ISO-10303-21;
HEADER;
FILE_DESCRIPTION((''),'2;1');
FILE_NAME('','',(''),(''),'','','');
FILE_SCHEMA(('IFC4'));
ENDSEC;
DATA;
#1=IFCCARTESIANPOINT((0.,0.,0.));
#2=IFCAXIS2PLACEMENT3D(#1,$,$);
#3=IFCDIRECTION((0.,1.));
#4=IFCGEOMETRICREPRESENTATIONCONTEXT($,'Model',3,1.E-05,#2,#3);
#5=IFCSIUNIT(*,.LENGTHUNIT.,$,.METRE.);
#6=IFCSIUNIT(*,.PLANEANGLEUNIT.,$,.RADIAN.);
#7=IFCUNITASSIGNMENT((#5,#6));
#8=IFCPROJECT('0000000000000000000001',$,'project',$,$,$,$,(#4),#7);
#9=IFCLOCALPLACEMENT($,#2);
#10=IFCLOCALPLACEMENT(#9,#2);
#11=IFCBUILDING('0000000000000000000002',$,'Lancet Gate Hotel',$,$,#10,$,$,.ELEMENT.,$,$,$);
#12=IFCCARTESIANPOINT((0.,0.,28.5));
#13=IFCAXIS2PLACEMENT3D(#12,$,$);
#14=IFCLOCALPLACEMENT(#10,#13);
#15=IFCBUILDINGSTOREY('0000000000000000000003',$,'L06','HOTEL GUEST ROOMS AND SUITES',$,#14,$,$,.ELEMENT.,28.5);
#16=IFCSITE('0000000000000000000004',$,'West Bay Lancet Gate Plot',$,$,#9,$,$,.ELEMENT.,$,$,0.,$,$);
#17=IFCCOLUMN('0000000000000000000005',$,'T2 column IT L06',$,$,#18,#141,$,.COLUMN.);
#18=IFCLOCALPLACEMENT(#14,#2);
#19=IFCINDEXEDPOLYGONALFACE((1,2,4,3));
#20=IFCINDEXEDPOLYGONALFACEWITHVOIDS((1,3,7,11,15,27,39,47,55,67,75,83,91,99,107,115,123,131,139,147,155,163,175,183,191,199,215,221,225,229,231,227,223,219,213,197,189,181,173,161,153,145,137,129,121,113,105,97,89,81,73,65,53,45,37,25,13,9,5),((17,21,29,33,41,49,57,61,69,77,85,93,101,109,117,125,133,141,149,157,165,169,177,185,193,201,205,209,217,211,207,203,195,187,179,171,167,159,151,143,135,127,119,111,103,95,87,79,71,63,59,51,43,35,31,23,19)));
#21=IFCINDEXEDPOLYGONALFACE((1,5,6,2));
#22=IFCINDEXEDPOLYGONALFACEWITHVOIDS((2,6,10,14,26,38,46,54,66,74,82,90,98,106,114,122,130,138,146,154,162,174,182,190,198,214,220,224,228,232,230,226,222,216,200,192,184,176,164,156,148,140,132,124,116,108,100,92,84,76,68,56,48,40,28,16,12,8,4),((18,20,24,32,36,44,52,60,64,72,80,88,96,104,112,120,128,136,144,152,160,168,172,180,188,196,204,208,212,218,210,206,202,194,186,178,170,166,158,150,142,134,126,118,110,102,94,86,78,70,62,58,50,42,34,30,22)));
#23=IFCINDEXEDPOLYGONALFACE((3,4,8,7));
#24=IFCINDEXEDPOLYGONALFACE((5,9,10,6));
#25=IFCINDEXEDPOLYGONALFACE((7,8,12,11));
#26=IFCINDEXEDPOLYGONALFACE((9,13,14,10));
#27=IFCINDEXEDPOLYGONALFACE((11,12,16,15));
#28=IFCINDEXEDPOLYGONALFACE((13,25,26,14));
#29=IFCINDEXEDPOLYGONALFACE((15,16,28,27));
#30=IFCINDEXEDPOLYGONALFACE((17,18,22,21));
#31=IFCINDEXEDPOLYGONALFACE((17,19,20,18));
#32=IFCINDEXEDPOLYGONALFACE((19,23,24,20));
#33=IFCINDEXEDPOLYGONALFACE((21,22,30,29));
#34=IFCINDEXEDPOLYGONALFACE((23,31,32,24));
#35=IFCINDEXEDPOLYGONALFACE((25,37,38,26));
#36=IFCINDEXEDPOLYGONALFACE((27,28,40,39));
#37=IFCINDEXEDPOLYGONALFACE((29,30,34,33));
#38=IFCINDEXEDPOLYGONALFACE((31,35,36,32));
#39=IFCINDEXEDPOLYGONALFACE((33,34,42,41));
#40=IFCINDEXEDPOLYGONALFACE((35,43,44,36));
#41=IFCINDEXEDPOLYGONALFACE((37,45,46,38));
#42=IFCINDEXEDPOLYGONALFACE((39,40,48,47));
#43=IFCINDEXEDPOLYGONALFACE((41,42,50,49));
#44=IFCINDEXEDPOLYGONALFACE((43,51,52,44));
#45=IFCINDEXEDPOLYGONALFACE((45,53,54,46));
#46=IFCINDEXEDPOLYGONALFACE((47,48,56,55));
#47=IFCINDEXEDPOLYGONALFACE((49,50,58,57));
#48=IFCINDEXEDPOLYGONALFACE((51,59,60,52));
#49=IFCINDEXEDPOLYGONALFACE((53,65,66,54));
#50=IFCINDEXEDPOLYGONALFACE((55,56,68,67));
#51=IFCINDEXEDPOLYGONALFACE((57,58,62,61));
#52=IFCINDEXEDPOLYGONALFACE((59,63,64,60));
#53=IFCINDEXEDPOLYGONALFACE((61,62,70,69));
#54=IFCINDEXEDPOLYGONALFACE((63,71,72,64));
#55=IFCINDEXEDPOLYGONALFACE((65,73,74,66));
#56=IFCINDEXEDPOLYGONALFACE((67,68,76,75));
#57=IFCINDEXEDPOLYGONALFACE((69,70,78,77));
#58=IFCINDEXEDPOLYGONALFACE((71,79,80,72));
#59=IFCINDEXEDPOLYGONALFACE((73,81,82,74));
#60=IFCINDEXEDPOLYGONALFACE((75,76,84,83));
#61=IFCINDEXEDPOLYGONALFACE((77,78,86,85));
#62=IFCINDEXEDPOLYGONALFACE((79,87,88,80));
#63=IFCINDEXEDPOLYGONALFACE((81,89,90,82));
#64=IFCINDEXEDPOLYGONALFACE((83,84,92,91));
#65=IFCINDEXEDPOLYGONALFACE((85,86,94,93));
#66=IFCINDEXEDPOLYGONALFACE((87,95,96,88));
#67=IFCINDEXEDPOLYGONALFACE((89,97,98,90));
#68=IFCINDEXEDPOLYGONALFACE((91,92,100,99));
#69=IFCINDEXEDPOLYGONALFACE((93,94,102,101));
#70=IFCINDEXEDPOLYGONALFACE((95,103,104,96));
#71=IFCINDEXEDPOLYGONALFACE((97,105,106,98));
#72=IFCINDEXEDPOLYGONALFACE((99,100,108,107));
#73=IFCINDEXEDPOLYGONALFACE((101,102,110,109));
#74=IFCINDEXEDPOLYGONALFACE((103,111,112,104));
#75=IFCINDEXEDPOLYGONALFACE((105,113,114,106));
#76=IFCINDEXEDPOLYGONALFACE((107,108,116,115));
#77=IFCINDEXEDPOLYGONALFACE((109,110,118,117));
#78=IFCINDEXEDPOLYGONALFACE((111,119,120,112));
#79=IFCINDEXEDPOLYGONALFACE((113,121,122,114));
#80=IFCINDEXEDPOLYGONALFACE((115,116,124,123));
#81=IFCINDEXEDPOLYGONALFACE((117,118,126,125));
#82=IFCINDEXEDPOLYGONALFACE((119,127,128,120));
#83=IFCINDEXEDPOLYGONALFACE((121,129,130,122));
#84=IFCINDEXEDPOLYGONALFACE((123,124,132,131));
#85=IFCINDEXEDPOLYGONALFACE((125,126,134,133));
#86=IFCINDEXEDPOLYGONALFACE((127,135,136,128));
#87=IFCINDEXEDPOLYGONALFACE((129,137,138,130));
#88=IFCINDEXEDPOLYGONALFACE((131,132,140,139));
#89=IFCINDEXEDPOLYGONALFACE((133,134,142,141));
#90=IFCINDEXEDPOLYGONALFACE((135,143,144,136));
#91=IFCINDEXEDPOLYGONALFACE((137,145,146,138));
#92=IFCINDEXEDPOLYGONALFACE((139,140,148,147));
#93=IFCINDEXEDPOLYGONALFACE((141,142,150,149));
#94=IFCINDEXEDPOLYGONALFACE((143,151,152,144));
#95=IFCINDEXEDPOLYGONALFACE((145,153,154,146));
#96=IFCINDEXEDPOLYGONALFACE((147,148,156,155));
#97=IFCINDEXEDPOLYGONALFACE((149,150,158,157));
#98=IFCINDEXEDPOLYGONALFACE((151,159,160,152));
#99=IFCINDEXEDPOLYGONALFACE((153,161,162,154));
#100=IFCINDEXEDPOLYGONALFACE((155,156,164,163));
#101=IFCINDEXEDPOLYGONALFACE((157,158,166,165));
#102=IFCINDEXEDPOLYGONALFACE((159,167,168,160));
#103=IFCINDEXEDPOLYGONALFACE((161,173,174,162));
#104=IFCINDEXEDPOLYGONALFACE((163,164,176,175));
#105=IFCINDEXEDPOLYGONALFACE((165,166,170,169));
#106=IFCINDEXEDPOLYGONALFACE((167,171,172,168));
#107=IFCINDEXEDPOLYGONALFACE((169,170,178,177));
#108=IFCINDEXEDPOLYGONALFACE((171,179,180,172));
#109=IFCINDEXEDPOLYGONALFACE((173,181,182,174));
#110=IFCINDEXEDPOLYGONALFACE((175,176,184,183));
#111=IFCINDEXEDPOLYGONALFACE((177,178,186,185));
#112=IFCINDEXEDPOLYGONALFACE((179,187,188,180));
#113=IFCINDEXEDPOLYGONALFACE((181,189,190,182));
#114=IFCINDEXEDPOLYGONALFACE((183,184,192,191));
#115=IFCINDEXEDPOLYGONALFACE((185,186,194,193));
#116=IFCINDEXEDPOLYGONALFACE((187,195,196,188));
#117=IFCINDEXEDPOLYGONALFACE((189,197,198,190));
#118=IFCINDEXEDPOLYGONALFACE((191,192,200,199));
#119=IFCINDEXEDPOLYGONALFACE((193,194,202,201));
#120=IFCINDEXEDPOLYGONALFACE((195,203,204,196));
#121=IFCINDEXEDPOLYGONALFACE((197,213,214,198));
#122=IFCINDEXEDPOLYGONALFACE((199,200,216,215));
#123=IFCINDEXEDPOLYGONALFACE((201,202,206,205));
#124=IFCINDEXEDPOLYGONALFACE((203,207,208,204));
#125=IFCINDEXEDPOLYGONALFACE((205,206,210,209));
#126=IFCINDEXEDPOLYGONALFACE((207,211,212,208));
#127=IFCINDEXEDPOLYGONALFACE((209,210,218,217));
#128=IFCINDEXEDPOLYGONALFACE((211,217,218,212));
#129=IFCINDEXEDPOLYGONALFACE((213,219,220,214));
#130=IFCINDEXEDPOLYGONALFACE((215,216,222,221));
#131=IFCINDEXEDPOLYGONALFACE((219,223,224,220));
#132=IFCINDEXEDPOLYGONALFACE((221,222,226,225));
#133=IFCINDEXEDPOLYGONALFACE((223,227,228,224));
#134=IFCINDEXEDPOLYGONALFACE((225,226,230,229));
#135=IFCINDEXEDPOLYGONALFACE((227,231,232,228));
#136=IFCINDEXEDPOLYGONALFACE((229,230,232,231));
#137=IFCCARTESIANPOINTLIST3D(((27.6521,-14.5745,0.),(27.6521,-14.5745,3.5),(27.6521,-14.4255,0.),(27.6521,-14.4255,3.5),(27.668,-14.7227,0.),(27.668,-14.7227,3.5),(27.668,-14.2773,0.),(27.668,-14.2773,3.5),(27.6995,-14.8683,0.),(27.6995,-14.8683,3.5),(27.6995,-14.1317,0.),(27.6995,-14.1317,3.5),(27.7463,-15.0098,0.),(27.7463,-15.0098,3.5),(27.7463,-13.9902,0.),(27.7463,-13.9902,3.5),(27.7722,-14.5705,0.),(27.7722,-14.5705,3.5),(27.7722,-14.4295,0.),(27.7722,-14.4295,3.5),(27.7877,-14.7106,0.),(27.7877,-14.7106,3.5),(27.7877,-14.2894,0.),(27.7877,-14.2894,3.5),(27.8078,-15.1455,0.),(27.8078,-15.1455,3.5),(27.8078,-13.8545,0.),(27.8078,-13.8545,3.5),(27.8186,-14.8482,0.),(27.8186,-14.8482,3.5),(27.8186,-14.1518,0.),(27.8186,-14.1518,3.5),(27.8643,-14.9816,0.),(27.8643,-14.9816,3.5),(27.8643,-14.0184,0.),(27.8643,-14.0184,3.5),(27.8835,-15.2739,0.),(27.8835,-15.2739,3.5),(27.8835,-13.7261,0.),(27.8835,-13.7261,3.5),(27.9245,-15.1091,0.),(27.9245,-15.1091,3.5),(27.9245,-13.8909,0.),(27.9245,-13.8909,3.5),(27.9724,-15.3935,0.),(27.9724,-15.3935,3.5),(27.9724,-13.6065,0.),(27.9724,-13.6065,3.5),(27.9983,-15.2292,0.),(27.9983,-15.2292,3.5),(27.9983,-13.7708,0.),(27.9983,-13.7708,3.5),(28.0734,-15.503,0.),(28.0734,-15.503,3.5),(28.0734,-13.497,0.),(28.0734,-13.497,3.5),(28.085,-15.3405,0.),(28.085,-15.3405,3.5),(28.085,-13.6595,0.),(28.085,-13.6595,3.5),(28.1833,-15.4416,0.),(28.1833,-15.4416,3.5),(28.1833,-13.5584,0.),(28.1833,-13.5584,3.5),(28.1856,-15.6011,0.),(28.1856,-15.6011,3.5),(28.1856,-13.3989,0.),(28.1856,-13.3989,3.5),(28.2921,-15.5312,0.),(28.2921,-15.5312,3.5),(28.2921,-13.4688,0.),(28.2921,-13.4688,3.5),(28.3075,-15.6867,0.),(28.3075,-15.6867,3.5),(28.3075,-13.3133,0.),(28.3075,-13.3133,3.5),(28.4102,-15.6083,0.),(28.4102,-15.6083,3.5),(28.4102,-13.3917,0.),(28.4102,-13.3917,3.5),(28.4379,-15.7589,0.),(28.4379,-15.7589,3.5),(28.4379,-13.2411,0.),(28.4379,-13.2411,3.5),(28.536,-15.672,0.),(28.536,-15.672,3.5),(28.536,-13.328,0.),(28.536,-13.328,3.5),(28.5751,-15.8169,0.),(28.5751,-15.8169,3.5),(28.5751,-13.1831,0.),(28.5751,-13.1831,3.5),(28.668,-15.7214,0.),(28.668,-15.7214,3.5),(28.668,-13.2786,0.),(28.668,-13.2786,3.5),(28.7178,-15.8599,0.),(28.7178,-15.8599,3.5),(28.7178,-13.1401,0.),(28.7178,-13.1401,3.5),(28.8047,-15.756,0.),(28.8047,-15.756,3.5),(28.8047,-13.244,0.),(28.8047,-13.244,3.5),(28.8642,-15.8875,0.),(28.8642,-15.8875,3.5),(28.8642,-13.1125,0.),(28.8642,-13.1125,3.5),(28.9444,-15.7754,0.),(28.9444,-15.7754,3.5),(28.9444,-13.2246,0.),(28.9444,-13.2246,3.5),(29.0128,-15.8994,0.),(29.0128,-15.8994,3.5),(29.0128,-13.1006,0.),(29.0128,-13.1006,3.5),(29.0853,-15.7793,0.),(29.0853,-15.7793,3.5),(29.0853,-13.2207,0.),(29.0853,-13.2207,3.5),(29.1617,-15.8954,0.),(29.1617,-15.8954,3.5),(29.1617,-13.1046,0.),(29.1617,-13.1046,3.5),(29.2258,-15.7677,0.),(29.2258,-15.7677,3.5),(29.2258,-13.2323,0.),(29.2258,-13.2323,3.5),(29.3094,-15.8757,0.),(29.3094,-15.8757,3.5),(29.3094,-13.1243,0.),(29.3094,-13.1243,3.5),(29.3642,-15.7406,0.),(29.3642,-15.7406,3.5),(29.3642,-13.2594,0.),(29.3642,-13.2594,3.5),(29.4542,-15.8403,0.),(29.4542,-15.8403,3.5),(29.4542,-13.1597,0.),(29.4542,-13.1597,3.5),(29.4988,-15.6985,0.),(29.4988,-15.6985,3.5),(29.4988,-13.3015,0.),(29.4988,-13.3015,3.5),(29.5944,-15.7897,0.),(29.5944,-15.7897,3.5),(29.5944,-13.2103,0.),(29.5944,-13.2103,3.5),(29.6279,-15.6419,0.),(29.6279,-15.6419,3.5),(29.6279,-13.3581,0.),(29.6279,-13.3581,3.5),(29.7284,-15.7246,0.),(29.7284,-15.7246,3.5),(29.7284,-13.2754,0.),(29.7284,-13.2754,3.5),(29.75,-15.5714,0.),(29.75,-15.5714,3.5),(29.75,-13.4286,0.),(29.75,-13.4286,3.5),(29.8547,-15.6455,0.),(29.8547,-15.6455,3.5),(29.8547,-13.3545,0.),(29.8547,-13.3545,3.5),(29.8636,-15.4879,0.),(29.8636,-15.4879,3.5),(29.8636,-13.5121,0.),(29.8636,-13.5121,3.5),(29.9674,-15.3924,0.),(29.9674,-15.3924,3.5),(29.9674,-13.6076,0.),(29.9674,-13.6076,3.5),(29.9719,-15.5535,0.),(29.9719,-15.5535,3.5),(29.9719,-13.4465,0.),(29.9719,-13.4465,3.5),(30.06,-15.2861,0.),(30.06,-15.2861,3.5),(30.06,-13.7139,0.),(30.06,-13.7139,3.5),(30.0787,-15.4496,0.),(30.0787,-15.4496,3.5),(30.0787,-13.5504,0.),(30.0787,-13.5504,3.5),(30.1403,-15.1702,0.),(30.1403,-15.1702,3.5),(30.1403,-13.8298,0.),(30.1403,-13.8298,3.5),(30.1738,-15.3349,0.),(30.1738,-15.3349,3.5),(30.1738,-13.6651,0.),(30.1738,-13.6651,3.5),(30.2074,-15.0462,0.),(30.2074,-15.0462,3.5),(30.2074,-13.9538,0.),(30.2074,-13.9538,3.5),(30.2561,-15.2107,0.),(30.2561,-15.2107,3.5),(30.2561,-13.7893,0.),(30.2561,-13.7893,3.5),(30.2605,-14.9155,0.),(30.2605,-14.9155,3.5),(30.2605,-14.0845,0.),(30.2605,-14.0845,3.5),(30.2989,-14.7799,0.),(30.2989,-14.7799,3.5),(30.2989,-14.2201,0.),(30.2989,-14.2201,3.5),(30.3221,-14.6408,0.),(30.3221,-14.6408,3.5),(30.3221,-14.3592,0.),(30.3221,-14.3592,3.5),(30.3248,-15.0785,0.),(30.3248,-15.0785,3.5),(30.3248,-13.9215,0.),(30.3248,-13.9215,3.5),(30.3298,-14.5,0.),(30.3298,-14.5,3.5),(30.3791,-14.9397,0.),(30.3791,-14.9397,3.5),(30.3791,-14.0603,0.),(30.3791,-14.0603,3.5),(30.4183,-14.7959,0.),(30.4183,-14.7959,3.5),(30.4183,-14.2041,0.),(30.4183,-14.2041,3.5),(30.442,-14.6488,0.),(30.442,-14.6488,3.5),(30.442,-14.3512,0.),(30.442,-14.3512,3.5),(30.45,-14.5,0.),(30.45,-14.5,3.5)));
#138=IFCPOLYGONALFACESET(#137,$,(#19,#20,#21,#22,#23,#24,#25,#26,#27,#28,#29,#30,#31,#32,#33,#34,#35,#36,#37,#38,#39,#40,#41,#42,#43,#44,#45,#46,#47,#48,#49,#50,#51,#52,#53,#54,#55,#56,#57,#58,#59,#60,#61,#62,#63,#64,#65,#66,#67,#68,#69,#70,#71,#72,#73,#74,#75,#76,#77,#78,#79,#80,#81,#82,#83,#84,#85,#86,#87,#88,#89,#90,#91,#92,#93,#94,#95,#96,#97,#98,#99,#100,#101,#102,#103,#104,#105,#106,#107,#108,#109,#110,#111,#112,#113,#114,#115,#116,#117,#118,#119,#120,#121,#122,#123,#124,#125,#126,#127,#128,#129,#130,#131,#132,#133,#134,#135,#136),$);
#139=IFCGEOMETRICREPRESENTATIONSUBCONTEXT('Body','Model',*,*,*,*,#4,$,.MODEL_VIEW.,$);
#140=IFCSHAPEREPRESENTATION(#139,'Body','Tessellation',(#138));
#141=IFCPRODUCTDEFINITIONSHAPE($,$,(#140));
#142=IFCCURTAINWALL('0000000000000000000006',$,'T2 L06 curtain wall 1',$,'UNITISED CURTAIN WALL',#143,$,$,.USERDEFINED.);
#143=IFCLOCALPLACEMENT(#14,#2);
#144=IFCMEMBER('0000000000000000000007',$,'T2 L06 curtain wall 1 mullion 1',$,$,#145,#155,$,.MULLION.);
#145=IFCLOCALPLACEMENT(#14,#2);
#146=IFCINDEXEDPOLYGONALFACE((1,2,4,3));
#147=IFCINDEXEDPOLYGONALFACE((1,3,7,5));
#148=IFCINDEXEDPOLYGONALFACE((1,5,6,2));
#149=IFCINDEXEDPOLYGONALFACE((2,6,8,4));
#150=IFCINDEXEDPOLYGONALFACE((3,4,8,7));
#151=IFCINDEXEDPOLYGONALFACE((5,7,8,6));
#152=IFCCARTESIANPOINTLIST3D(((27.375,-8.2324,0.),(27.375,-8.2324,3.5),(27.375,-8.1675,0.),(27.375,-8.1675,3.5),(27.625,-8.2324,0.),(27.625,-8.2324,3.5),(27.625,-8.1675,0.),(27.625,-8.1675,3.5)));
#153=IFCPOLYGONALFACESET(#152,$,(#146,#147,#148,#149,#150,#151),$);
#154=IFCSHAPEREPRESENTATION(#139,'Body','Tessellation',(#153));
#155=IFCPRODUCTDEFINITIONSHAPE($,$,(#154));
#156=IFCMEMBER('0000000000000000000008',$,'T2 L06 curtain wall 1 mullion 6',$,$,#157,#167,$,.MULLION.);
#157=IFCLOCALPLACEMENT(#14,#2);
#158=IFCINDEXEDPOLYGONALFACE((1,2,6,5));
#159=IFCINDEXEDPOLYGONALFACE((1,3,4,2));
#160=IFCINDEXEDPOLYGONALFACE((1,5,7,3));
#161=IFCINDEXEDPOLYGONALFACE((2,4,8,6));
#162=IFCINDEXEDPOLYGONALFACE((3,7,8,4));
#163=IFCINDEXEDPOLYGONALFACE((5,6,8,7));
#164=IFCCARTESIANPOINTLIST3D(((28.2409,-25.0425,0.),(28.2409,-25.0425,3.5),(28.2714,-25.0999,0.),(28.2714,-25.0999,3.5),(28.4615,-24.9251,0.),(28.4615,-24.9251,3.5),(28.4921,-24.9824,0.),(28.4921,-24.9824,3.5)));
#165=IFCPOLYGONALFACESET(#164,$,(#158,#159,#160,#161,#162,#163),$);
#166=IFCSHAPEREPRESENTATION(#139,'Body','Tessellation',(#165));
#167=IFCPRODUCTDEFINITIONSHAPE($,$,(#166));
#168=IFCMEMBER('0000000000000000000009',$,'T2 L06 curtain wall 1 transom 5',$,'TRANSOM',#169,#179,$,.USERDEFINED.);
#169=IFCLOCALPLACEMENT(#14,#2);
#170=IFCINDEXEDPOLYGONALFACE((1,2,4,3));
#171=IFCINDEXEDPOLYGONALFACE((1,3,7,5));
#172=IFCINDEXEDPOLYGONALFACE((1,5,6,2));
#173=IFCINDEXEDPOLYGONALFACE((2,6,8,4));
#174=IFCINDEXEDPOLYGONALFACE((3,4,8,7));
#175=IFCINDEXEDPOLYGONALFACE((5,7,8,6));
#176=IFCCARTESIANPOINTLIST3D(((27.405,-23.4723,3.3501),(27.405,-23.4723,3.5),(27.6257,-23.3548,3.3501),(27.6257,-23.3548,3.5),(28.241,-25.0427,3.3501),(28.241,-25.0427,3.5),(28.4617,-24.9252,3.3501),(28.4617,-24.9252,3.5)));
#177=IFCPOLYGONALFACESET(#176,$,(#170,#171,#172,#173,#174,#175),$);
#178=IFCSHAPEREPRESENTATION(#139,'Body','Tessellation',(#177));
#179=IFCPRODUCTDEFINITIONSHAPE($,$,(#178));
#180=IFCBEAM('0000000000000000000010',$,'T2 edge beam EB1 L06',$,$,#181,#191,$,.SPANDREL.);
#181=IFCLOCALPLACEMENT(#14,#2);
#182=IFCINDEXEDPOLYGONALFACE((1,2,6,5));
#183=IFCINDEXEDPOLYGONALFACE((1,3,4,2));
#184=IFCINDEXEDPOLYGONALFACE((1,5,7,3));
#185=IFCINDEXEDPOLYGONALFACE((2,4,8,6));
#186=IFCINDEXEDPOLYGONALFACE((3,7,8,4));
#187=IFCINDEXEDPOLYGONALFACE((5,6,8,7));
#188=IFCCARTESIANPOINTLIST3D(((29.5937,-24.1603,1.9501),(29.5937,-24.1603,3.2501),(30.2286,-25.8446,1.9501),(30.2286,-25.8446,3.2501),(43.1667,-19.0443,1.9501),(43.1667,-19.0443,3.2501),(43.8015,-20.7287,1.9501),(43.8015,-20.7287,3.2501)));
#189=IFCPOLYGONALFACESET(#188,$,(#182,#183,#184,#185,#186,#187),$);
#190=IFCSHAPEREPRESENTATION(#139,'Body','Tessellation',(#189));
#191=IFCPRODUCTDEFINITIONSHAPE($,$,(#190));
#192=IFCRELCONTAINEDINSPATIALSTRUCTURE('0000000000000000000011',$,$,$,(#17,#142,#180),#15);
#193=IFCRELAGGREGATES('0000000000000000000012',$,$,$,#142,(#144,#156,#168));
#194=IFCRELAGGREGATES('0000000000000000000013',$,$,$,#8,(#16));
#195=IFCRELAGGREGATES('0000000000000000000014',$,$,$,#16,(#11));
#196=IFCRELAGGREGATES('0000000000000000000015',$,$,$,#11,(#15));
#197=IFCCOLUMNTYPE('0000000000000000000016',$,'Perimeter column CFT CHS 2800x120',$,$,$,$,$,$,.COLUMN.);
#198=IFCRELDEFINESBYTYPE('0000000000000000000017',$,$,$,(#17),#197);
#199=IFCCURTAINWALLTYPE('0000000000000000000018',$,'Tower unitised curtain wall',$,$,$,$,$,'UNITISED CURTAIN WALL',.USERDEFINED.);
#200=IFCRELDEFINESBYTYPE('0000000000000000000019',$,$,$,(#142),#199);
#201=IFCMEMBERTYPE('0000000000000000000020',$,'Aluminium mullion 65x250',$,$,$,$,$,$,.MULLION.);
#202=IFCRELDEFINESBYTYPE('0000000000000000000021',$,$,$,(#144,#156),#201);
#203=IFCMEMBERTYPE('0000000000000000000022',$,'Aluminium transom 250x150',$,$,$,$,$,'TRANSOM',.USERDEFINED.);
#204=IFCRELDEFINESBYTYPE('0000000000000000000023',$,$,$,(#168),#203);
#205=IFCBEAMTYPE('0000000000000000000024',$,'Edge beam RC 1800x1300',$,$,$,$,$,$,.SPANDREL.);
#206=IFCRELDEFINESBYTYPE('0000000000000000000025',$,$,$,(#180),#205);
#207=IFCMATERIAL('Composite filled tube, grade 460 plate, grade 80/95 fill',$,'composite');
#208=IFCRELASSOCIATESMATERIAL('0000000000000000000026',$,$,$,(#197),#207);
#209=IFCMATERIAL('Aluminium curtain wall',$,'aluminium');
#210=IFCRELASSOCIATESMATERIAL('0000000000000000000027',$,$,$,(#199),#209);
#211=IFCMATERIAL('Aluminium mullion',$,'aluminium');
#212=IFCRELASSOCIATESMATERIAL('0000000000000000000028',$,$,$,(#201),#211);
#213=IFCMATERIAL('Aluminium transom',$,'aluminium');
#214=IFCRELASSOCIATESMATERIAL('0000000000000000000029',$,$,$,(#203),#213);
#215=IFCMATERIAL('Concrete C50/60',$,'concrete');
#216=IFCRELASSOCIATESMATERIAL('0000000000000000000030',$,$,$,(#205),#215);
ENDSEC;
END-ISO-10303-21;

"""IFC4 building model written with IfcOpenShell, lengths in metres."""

from ifc_helpers import new_model, si_unit, direction, frame, origin, origin_2d, place, context, subcontext, project, spatial, rectangle, hollow_circle, extrude, material, material_profile, profile_set, type_object, element, aggregate, save


model = new_model("IFC4")

# Units and contexts
model_context = context("Model", 3, precision=1e-05, world=origin(), true_north=direction((0.0, 1.0)))
body_context = subcontext(model_context, "Body", "Model", "MODEL_VIEW")
ifc_project = project(units=[si_unit("LENGTHUNIT", "METRE"), si_unit("PLANEANGLEUNIT", "RADIAN")], contexts=[model_context])

# Site, building, storey
site_placement = place(None, origin())
site = spatial("IfcSite", under=ifc_project, at=site_placement, Name="West Bay Lancet Gate Plot", CompositionType="ELEMENT", RefElevation=0.0)
building_placement = place(site_placement, origin())
building = spatial("IfcBuilding", under=site, at=building_placement, Name="Lancet Gate Hotel", CompositionType="ELEMENT")
storey_placement = place(building_placement, frame((0.0, 0.0, 28.5)))
storey = spatial("IfcBuildingStorey", under=building, at=storey_placement, Name="L06", Description="HOTEL GUEST ROOMS AND SUITES", CompositionType="ELEMENT", Elevation=28.5)

# Column
ifc_material_1 = material(Name="Composite filled tube, grade 460 plate, grade 80/95 fill", Category="composite")
ifc_material_profile_1 = material_profile(ifc_material_1, hollow_circle(Radius=1.3999, WallThickness=0.1201, at=origin_2d()), Name="CHS 2800x120")
ifc_profile_set_1 = profile_set([ifc_material_profile_1], Name="Composite filled tube, grade 460 plate, grade 80/95 fill")
column_type = type_object("IfcColumnType", Name="Perimeter column CFT CHS 2800x120", PredefinedType="COLUMN", material=ifc_profile_set_1)
for number, where, z_axis, x_axis, name in (
    (1, (29.05, -14.5, 0.0), (0.0, 0.0, 1.0), (1.0, 0.0, 0.0), "T2 column IT L06"),
):
    element("IfcColumn", number, at=place(storey_placement, frame(where, z_axis=z_axis, x_axis=x_axis)), inside=storey, type_object=column_type, Name=name, PredefinedType="COLUMN", context=body_context, shape_type="SweptSolid", body=[
        extrude(hollow_circle(Radius=1.3999, WallThickness=0.1201, at=origin_2d()), origin(), (0.0, 0.0, 1.0), 3.5),
    ])

# Curtain wall, members
ifc_material_2 = material(Name="Aluminium curtain wall", Category="aluminium")
curtain_wall_type = type_object("IfcCurtainWallType", Name="Tower unitised curtain wall", ElementType="UNITISED CURTAIN WALL", PredefinedType="USERDEFINED", material=ifc_material_2)
curtain_wall_placement = place(storey_placement, origin())
curtain_wall = element("IfcCurtainWall", 2, at=curtain_wall_placement, inside=storey, type_object=curtain_wall_type, Name="T2 L06 curtain wall 1", ObjectType="UNITISED CURTAIN WALL", PredefinedType="USERDEFINED")
ifc_material_3 = material(Name="Aluminium mullion", Category="aluminium")
ifc_material_profile_2 = material_profile(ifc_material_3, rectangle(XDim=0.0649, YDim=0.25, at=origin_2d()), Name="MULLION 65x250")
ifc_profile_set_2 = profile_set([ifc_material_profile_2], Name="Aluminium mullion")
member_type_1 = type_object("IfcMemberType", Name="Aluminium mullion 65x250", PredefinedType="MULLION", material=ifc_profile_set_2)
member_1_placement = place(storey_placement, frame((27.5, -8.2, 0.0), z_axis=(0.0, 0.0, 1.0), x_axis=(0.0, -1.0, 0.0)))
member_1 = element("IfcMember", 3, at=member_1_placement, type_object=member_type_1, Name="T2 L06 curtain wall 1 mullion 1", PredefinedType="MULLION", context=body_context, shape_type="SweptSolid", body=[
    extrude(rectangle(XDim=0.0649, YDim=0.25, at=origin_2d()), origin(), (0.0, 0.0, 1.0), 3.5),
])
member_2_placement = place(storey_placement, frame((28.3665, -25.0125, 0.0), z_axis=(0.0, 0.0, 1.0), x_axis=(0.469898, -0.882721, 0.0)))
member_2 = element("IfcMember", 4, at=member_2_placement, type_object=member_type_1, Name="T2 L06 curtain wall 1 mullion 6", PredefinedType="MULLION", context=body_context, shape_type="SweptSolid", body=[
    extrude(rectangle(XDim=0.0649, YDim=0.25, at=origin_2d()), origin(), (0.0, 0.0, 1.0), 3.5),
])
ifc_material_4 = material(Name="Aluminium transom", Category="aluminium")
ifc_material_profile_3 = material_profile(ifc_material_4, rectangle(XDim=0.25, YDim=0.1499, at=origin_2d()), Name="TRANSOM 250x150")
ifc_profile_set_3 = profile_set([ifc_material_profile_3], Name="Aluminium transom")
member_type_2 = type_object("IfcMemberType", Name="Aluminium transom 250x150", ElementType="TRANSOM", PredefinedType="USERDEFINED", material=ifc_profile_set_3)
member_3_placement = place(storey_placement, frame((27.5154, -23.4136, 3.425), z_axis=(0.469904, -0.882717, 0.0), x_axis=(0.882717, 0.469904, 0.0)))
member_3 = element("IfcMember", 5, at=member_3_placement, type_object=member_type_2, Name="T2 L06 curtain wall 1 transom 5", ObjectType="TRANSOM", PredefinedType="USERDEFINED", context=body_context, shape_type="SweptSolid", body=[
    extrude(rectangle(XDim=0.25, YDim=0.1499, at=origin_2d()), origin(), (0.0, 0.0, 1.0), 1.7791),
])

# Beam
ifc_material_5 = material(Name="Concrete C50/60", Category="concrete")
ifc_material_profile_4 = material_profile(ifc_material_5, rectangle(XDim=1.8, YDim=1.3, at=origin_2d()), Name="RC 1800x1300")
ifc_profile_set_4 = profile_set([ifc_material_profile_4], Name="Concrete C50/60")
beam_type_1 = type_object("IfcBeamType", Name="Edge beam RC 1800x1300", PredefinedType="SPANDREL", material=ifc_profile_set_4)
beam_1_placement = place(storey_placement, frame((29.9111, -25.0024, 2.6001), z_axis=(0.935736, 0.3527, 0.0), x_axis=(-0.3527, 0.935736, 0.0)))
element("IfcBeam", 6, at=beam_1_placement, inside=storey, type_object=beam_type_1, Name="T2 edge beam EB1 L06", PredefinedType="SPANDREL", context=body_context, shape_type="SweptSolid", body=[
    extrude(rectangle(XDim=1.8, YDim=1.3, at=origin_2d()), origin(), (0.0, 0.0, 1.0), 14.5051),
])

aggregate(curtain_wall, [member_1, member_2, member_3])

save(model, "model.ifc")
